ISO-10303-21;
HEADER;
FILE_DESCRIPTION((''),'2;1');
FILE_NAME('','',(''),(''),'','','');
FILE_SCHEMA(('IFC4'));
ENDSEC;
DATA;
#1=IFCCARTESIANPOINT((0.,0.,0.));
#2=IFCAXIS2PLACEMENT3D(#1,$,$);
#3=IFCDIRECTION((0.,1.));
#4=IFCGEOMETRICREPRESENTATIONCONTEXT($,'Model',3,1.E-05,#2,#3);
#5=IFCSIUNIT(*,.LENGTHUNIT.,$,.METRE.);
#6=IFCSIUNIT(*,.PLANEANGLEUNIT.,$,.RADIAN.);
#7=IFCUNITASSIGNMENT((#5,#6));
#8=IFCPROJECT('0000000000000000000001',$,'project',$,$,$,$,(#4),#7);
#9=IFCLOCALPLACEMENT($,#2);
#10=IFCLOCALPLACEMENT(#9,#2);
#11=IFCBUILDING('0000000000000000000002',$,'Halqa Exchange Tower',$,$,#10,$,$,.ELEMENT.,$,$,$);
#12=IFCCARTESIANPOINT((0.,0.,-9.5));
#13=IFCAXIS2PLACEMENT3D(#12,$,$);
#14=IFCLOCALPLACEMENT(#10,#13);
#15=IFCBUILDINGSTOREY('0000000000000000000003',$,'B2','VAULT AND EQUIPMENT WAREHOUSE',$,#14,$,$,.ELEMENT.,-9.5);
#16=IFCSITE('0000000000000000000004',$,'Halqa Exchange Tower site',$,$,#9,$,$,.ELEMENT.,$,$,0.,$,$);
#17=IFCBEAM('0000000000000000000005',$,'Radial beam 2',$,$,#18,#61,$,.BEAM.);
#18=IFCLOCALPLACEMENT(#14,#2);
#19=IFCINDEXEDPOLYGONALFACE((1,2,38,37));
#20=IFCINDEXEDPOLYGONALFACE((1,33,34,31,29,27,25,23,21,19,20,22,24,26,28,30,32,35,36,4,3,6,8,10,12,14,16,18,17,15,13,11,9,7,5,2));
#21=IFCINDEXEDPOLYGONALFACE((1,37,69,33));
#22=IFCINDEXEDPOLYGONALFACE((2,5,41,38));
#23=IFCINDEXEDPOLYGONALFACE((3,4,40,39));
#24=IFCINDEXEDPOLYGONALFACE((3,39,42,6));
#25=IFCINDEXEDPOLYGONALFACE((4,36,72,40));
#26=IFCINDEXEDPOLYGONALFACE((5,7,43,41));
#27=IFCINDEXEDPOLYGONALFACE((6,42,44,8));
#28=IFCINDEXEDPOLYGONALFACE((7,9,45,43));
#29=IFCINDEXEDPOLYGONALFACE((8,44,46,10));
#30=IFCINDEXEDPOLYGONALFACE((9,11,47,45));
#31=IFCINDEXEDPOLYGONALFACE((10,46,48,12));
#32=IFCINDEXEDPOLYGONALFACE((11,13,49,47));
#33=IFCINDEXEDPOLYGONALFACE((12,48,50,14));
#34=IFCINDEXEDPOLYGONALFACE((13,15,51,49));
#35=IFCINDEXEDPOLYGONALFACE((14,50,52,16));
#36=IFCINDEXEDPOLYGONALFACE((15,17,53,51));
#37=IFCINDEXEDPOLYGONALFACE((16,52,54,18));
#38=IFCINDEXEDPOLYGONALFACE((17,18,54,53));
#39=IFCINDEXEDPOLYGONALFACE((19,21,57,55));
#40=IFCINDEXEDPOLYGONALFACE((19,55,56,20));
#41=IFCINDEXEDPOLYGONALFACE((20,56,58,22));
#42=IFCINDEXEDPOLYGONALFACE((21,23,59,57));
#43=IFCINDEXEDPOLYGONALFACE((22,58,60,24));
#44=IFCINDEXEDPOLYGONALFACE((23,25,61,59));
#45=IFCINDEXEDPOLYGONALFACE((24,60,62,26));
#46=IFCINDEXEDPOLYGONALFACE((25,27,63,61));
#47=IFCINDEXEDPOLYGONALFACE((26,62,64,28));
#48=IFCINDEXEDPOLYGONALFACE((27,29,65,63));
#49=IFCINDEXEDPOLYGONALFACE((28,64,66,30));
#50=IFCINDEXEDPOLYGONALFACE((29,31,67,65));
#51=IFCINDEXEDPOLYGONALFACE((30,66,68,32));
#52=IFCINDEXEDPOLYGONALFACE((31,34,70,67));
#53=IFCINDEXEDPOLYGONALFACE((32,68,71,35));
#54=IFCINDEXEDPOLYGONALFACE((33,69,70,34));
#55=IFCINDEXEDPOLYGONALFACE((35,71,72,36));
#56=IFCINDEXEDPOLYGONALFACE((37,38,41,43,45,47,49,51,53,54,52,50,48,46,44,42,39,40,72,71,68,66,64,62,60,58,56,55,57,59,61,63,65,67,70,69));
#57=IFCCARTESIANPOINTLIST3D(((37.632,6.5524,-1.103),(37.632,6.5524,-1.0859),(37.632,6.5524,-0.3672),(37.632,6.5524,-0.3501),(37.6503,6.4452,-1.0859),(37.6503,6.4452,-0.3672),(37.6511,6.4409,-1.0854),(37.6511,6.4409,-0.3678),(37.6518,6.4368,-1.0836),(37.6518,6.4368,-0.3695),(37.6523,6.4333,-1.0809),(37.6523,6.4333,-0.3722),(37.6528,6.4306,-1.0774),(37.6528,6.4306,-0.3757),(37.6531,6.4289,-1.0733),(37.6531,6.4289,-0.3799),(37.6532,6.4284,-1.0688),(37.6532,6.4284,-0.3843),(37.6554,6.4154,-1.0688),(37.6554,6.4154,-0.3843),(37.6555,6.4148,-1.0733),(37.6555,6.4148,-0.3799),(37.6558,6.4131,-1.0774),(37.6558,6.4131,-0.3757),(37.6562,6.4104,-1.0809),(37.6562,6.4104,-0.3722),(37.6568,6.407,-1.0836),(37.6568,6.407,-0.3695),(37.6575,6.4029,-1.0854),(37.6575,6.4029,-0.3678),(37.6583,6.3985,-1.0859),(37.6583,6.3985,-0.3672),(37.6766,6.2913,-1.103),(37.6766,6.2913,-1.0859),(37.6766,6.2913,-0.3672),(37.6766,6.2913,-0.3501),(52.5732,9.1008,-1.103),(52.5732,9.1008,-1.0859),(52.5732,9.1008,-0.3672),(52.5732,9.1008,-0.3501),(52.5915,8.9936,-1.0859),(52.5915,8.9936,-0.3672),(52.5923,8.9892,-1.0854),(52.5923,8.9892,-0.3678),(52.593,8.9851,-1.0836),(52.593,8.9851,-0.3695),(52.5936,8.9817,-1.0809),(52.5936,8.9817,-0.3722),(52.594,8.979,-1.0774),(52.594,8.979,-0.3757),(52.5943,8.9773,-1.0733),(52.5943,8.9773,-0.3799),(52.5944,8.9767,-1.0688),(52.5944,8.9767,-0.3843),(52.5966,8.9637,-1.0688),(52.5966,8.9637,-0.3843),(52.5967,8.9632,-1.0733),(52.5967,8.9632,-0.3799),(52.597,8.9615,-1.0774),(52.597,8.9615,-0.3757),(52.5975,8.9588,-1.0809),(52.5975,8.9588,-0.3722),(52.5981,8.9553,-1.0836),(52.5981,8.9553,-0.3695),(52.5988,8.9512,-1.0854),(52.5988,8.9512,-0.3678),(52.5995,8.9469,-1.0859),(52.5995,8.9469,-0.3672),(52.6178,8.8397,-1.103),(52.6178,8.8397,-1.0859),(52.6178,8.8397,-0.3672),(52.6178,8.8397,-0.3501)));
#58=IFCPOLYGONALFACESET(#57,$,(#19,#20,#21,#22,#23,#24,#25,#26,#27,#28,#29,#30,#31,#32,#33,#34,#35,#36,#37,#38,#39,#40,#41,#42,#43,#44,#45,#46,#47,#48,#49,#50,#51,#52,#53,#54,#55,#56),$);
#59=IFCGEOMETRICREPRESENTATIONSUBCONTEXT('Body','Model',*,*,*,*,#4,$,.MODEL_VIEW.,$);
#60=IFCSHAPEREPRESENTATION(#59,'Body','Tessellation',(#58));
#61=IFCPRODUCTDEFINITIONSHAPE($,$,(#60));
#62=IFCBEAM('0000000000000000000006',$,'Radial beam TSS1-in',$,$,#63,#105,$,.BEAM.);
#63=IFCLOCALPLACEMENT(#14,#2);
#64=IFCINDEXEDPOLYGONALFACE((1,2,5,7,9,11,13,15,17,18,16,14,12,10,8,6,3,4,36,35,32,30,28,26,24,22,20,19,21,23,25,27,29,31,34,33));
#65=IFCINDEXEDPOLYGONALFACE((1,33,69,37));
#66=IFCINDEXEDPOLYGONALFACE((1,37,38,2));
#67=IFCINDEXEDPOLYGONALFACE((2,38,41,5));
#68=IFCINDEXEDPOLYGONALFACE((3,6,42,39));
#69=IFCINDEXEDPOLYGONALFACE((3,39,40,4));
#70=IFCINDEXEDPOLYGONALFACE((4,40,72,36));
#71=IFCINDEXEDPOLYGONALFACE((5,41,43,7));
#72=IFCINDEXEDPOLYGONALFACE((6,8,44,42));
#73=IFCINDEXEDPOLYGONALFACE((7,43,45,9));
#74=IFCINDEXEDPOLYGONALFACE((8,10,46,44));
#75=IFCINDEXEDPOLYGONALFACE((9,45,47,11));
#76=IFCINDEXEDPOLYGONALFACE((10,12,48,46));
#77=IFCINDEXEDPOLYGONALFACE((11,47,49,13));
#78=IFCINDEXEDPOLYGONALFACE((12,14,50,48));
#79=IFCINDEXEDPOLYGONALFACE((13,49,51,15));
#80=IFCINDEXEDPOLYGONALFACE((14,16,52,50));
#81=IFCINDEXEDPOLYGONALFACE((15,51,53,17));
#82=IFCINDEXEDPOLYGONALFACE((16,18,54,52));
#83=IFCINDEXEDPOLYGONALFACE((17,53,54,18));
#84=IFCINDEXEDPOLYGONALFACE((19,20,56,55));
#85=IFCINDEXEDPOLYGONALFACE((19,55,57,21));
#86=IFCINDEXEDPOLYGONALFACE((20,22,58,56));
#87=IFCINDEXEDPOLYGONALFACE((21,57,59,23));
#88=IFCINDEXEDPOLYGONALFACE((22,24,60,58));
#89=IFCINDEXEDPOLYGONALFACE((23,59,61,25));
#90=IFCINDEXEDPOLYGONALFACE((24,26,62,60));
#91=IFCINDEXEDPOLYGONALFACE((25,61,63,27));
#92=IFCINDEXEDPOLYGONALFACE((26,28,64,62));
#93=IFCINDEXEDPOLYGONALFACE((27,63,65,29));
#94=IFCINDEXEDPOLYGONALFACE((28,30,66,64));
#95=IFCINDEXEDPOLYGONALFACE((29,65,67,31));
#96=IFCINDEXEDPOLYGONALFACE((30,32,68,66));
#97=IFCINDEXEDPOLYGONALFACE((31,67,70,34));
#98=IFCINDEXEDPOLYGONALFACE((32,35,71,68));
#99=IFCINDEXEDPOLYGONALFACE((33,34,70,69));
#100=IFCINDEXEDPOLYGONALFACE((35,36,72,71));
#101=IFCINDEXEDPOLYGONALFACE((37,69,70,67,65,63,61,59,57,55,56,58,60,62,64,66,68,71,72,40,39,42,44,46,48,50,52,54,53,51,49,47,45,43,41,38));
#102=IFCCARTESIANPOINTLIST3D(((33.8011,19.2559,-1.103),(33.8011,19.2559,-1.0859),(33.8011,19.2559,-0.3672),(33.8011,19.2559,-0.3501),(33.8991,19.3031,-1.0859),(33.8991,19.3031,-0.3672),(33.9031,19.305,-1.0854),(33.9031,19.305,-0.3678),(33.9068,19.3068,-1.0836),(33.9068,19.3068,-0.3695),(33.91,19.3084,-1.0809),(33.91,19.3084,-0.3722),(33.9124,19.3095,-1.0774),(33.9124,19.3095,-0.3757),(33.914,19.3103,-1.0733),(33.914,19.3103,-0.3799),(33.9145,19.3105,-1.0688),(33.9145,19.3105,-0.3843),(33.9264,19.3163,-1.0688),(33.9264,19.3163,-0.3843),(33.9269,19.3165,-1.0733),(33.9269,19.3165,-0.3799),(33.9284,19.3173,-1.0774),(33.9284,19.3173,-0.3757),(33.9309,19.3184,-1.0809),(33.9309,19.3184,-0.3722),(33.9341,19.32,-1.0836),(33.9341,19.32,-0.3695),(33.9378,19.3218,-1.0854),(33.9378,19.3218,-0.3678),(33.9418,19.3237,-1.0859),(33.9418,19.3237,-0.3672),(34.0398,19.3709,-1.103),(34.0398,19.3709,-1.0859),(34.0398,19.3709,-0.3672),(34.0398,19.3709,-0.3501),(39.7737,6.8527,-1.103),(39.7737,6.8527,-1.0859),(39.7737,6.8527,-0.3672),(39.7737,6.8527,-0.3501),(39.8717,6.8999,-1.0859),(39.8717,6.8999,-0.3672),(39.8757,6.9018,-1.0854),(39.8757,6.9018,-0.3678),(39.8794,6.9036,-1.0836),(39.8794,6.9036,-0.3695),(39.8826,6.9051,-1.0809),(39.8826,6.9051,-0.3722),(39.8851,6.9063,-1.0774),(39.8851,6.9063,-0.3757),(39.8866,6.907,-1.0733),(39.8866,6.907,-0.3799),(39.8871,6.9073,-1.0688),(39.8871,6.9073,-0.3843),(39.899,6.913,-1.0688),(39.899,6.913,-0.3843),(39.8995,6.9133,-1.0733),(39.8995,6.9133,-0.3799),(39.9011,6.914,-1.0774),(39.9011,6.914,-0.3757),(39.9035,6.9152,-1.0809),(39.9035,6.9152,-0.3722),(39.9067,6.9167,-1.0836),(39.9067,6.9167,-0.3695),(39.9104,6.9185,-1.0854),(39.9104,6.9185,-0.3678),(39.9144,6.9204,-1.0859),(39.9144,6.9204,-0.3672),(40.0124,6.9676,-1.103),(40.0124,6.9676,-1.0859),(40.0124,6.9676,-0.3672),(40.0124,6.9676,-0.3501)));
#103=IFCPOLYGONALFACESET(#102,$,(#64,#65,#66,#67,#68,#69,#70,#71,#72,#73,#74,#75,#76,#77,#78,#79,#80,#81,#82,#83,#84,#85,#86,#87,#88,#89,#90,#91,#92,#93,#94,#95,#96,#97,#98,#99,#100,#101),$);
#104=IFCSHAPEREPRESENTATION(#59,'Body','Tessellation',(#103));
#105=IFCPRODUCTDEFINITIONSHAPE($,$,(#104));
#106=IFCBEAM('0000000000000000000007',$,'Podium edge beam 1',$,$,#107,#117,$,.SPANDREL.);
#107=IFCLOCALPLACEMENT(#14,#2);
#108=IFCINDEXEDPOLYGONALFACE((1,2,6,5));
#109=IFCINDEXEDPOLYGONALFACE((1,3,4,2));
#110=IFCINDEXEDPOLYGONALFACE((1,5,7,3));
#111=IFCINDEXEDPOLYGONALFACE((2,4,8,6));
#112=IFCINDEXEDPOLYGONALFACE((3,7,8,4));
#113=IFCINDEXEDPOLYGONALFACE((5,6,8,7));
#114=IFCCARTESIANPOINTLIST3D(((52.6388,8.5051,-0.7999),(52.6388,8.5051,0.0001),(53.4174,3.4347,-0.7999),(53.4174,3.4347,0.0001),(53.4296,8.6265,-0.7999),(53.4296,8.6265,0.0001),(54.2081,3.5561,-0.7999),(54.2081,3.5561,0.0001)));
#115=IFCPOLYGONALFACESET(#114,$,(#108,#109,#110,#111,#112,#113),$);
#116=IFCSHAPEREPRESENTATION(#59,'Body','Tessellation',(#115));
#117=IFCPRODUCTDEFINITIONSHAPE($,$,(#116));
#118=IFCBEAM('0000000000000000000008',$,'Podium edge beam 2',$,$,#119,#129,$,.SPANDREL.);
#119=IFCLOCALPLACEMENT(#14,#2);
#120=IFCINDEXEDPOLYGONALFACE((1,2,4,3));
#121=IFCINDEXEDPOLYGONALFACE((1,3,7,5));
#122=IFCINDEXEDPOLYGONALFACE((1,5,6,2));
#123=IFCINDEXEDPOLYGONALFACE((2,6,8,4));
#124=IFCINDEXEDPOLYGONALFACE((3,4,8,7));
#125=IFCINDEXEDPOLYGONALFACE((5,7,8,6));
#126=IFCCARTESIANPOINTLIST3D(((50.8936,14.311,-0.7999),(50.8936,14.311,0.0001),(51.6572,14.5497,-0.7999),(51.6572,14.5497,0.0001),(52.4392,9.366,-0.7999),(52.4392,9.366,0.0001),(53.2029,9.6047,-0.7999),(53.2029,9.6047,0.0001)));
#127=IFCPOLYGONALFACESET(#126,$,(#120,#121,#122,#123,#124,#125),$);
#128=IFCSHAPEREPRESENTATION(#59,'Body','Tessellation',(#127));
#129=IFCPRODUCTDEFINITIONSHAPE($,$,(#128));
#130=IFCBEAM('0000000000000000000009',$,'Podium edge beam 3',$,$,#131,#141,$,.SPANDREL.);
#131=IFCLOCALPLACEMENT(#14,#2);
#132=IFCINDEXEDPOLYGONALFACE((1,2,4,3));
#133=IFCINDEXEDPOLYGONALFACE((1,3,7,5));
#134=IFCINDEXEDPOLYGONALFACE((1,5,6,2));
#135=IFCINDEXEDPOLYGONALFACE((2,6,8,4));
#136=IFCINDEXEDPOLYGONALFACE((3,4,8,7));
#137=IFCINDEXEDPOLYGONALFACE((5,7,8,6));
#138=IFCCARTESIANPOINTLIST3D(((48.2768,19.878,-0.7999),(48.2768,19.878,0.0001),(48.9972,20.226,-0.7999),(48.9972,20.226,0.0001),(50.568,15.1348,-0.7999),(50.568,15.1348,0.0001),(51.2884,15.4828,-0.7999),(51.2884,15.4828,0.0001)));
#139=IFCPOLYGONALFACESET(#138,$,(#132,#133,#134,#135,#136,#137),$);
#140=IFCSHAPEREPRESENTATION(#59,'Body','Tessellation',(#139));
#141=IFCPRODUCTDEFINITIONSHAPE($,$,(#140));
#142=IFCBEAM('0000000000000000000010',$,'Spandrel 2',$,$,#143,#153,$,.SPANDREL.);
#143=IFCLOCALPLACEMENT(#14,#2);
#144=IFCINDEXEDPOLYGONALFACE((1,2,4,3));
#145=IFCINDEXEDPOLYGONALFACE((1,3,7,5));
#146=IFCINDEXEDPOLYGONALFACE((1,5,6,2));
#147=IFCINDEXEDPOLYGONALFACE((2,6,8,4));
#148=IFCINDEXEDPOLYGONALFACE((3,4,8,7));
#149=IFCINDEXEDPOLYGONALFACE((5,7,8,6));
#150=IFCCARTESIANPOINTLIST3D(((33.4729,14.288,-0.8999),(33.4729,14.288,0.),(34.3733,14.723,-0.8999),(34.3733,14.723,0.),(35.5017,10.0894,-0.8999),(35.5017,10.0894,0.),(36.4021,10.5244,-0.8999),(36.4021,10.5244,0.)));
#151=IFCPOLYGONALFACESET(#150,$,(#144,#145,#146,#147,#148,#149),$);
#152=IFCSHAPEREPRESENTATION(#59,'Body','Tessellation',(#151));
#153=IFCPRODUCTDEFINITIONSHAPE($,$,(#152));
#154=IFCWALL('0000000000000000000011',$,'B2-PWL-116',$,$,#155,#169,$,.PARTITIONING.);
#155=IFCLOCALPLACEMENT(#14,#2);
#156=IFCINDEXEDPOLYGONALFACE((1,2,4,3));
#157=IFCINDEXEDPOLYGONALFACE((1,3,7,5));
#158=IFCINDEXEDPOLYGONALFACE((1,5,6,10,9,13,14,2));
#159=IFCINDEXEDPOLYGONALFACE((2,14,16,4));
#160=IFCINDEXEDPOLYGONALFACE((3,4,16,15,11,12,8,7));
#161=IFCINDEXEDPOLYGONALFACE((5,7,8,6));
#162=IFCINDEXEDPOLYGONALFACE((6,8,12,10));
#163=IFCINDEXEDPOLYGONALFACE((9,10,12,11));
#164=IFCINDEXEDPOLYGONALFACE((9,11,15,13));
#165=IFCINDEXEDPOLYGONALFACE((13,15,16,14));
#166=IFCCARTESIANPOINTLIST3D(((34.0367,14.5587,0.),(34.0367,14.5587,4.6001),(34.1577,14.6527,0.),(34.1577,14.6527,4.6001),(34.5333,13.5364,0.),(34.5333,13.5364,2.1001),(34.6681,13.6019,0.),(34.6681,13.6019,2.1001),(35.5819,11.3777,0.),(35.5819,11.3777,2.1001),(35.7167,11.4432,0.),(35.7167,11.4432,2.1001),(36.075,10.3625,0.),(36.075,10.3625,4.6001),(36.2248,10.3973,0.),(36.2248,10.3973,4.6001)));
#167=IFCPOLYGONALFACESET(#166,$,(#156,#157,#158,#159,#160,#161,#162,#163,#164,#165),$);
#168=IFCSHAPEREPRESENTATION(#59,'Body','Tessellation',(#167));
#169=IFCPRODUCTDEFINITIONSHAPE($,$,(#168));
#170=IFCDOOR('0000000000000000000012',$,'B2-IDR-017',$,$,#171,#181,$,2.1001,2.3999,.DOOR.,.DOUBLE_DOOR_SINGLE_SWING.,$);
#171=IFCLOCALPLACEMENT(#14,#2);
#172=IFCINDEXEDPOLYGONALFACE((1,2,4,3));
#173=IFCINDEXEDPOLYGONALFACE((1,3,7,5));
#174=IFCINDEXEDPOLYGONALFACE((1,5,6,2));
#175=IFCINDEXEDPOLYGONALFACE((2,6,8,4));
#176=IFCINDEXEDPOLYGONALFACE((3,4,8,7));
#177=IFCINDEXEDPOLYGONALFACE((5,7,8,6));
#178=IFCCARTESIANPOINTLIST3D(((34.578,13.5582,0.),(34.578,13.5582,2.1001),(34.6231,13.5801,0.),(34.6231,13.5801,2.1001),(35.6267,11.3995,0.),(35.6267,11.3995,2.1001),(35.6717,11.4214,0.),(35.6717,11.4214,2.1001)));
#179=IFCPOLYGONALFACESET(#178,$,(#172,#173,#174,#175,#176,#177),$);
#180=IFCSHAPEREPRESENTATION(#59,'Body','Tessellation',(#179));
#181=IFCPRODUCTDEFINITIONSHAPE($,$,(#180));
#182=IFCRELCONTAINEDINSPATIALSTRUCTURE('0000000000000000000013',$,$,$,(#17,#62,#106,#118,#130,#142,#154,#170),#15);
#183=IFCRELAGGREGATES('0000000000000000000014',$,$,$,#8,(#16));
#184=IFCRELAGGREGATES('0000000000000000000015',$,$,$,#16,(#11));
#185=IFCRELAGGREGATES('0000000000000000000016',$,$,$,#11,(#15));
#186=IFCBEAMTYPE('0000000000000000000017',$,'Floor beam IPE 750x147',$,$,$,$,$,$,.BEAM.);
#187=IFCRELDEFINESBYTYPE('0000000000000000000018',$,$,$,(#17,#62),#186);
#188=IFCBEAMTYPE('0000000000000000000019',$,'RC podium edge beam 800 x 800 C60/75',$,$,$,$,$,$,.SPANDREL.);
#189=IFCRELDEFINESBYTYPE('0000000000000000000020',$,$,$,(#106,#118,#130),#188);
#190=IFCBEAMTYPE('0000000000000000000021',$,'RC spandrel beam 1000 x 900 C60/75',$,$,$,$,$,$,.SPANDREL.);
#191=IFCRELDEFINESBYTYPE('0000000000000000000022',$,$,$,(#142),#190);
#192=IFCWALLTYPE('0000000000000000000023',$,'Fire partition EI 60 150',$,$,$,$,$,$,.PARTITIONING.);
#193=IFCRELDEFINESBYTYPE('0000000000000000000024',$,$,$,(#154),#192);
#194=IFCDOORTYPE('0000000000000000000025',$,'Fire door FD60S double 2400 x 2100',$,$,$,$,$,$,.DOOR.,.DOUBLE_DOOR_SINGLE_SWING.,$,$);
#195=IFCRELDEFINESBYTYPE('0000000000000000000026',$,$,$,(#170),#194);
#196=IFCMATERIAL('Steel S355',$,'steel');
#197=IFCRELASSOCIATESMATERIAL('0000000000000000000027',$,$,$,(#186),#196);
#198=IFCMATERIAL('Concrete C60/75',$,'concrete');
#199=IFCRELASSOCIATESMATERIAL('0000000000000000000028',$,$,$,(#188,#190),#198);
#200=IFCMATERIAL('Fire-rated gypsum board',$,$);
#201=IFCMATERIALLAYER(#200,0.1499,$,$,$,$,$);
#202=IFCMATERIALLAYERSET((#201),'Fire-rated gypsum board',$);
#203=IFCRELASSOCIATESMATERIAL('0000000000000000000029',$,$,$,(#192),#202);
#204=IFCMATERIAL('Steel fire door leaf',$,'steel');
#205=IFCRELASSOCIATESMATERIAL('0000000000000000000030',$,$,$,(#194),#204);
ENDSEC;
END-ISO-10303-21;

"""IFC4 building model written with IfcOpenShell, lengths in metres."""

from ifc_helpers import new_model, si_unit, direction, frame, frame_2d, origin, origin_2d, place, context, subcontext, project, spatial, polyline, rectangle, i_section, outline, extrude, material, layer, layer_set, material_profile, profile_set, type_object, element, fill, save


model = new_model("IFC4")

# Units and contexts
model_context = context("Model", 3, precision=1e-05, world=origin(), true_north=direction((0.0, 1.0)))
body_context = subcontext(model_context, "Body", "Model", "MODEL_VIEW")
ifc_project = project(units=[si_unit("LENGTHUNIT", "METRE"), si_unit("PLANEANGLEUNIT", "RADIAN")], contexts=[model_context])

# Site, building, storey
site_placement = place(None, origin())
site = spatial("IfcSite", under=ifc_project, at=site_placement, Name="Halqa Exchange Tower site", CompositionType="ELEMENT", RefElevation=0.0)
building_placement = place(site_placement, origin())
building = spatial("IfcBuilding", under=site, at=building_placement, Name="Halqa Exchange Tower", CompositionType="ELEMENT")
storey_placement = place(building_placement, frame((0.0, 0.0, -9.5)))
storey = spatial("IfcBuildingStorey", under=building, at=storey_placement, Name="B2", Description="VAULT AND EQUIPMENT WAREHOUSE", CompositionType="ELEMENT", Elevation=-9.5)

# Shared definitions
ifc_material_1 = material(Name="Concrete C60/75", Category="concrete")

# Beams
ifc_material_2 = material(Name="Steel S355", Category="steel")
ifc_material_profile_1 = material_profile(ifc_material_2, i_section(OverallWidth=0.2649, OverallDepth=0.7529, WebThickness=0.0132, FlangeThickness=0.0171, FilletRadius=0.0171, at=origin_2d()), Name="IPE 750x147")
ifc_profile_set_1 = profile_set([ifc_material_profile_1], Name="Steel S355")
beam_type_1 = type_object("IfcBeamType", Name="Floor beam IPE 750x147", PredefinedType="BEAM", material=ifc_profile_set_1)
beam_1_placement = place(storey_placement, frame((37.6543, 6.4219, -0.7266), z_axis=(0.985765, 0.16813, 0.0), x_axis=(-0.16813, 0.985765, 0.0)))
element("IfcBeam", 1, at=beam_1_placement, inside=storey, type_object=beam_type_1, Name="Radial beam 2", PredefinedType="BEAM", context=body_context, shape_type="SweptSolid", body=[
    extrude(i_section(OverallWidth=0.2649, OverallDepth=0.7529, WebThickness=0.0132, FlangeThickness=0.0171, FilletRadius=0.0171, at=origin_2d()), origin(), (0.0, 0.0, 1.0), 15.157),
])
beam_2_placement = place(storey_placement, frame((39.8931, 6.9102, -0.7266), z_axis=(-0.433856, 0.900982, 0.0), x_axis=(-0.900982, -0.433856, 0.0)))
element("IfcBeam", 2, at=beam_2_placement, inside=storey, type_object=beam_type_1, Name="Radial beam TSS1-in", PredefinedType="BEAM", context=body_context, shape_type="SweptSolid", body=[
    extrude(i_section(OverallWidth=0.2649, OverallDepth=0.7529, WebThickness=0.0132, FlangeThickness=0.0171, FilletRadius=0.0171, at=origin_2d()), origin(), (0.0, 0.0, 1.0), 13.7664),
])
ifc_material_profile_2 = material_profile(ifc_material_1, rectangle(XDim=0.8, YDim=0.8, at=origin_2d()), Name="800 x 800")
ifc_profile_set_2 = profile_set([ifc_material_profile_2], Name="Concrete C60/75")
beam_type_2 = type_object("IfcBeamType", Name="RC podium edge beam 800 x 800 C60/75", PredefinedType="SPANDREL", material=ifc_profile_set_2)
beam_3_placement = place(storey_placement, frame((53.8127, 3.4954, -0.3999), z_axis=(-0.151768, 0.988416, 0.0), x_axis=(-0.988416, -0.151768, 0.0)))
element("IfcBeam", 3, at=beam_3_placement, inside=storey, type_object=beam_type_2, Name="Podium edge beam 1", PredefinedType="SPANDREL", context=body_context, shape_type="SweptSolid", body=[
    extrude(rectangle(XDim=0.8, YDim=0.8, at=origin_2d()), origin(), (0.0, 0.0, 1.0), 5.1299),
])
beam_4_placement = place(storey_placement, frame((52.821, 9.4854, -0.3999), z_axis=(-0.298331, 0.954462, 0.0), x_axis=(-0.954462, -0.298331, 0.0)))
element("IfcBeam", 4, at=beam_4_placement, inside=storey, type_object=beam_type_2, Name="Podium edge beam 2", PredefinedType="SPANDREL", context=body_context, shape_type="SweptSolid", body=[
    extrude(rectangle(XDim=0.8, YDim=0.8, at=origin_2d()), origin(), (0.0, 0.0, 1.0), 5.1809),
])
beam_5_placement = place(storey_placement, frame((50.9282, 15.3088, -0.3999), z_axis=(-0.434973, 0.900443, 0.0), x_axis=(-0.900443, -0.434973, 0.0)))
element("IfcBeam", 5, at=beam_5_placement, inside=storey, type_object=beam_type_2, Name="Podium edge beam 3", PredefinedType="SPANDREL", context=body_context, shape_type="SweptSolid", body=[
    extrude(rectangle(XDim=0.8, YDim=0.8, at=origin_2d()), origin(), (0.0, 0.0, 1.0), 5.2676),
])
ifc_material_profile_3 = material_profile(ifc_material_1, rectangle(XDim=1.0, YDim=0.8999, at=origin_2d()), Name="1000 x 900")
ifc_profile_set_3 = profile_set([ifc_material_profile_3], Name="Concrete C60/75")
beam_type_3 = type_object("IfcBeamType", Name="RC spandrel beam 1000 x 900 C60/75", PredefinedType="SPANDREL", material=ifc_profile_set_3)
beam_6_placement = place(storey_placement, frame((35.9519, 10.3069, -0.45), z_axis=(-0.435068, 0.900397, 0.0), x_axis=(-0.900397, -0.435068, 0.0)))
element("IfcBeam", 6, at=beam_6_placement, inside=storey, type_object=beam_type_3, Name="Spandrel 2", PredefinedType="SPANDREL", context=body_context, shape_type="SweptSolid", body=[
    extrude(rectangle(XDim=1.0, YDim=0.8999, at=origin_2d()), origin(), (0.0, 0.0, 1.0), 4.6631),
])

# Wall, opening, door
ifc_material_3 = material(Name="Fire-rated gypsum board")
ifc_layer_1 = layer(ifc_material_3, 0.1499)
ifc_layer_set_1 = layer_set([ifc_layer_1], Name="Fire-rated gypsum board")
wall_type_1 = type_object("IfcWallType", Name="Fire partition EI 60 150", PredefinedType="PARTITIONING", material=ifc_layer_set_1)
wall_1_placement = place(storey_placement, frame((34.0972, 14.6057, 0.0), z_axis=(0.0, 0.0, 1.0), x_axis=(0.436936, -0.899492, 0.0)))
wall_1 = element("IfcWall", 7, at=wall_1_placement, inside=storey, type_object=wall_type_1, Name="B2-PWL-116", PredefinedType="PARTITIONING", context=body_context, shape_type="SweptSolid", body=[
    extrude(outline(polyline([(0.0159, -0.075), (4.6809, -0.075), (4.7151, 0.075), (-0.0159, 0.075), (0.0159, -0.075)])), origin(), (0.0, 0.0, 1.0), 4.6001),
])
opening_1_placement = place(wall_1_placement, frame((1.1523, 0.0, 0.0)))
opening_1 = element("IfcOpeningElement", 8, at=opening_1_placement, cuts=wall_1, PredefinedType="OPENING", context=body_context, shape_type="SweptSolid", body=[
    extrude(rectangle(XDim=2.3999, YDim=2.1001, at=frame_2d((1.2, 1.05))), frame((0.0, 0.0869, 0.0), z_axis=(0.0, -1.0, 0.0), x_axis=(1.0, 0.0, 0.0)), (0.0, 0.0, 1.0), 0.1738),
])
ifc_material_4 = material(Name="Steel fire door leaf", Category="steel")
door_type_1 = type_object("IfcDoorType", Name="Fire door FD60S double 2400 x 2100", OperationType="DOUBLE_DOOR_SINGLE_SWING", PredefinedType="DOOR", material=ifc_material_4)
door_1_placement = place(opening_1_placement, origin())
door_1 = element("IfcDoor", 9, at=door_1_placement, inside=storey, type_object=door_type_1, Name="B2-IDR-017", OperationType="DOUBLE_DOOR_SINGLE_SWING", OverallHeight=2.1001, OverallWidth=2.3999, PredefinedType="DOOR", context=body_context, shape_type="SweptSolid", body=[
    extrude(rectangle(XDim=2.3999, YDim=2.1001, at=frame_2d((1.2, 1.05))), frame((0.0, 0.0249, 0.0), z_axis=(0.0, -1.0, 0.0), x_axis=(1.0, 0.0, 0.0)), (0.0, 0.0, 1.0), 0.05),
])
fill(opening_1, door_1)

save(model, "model.ifc")
